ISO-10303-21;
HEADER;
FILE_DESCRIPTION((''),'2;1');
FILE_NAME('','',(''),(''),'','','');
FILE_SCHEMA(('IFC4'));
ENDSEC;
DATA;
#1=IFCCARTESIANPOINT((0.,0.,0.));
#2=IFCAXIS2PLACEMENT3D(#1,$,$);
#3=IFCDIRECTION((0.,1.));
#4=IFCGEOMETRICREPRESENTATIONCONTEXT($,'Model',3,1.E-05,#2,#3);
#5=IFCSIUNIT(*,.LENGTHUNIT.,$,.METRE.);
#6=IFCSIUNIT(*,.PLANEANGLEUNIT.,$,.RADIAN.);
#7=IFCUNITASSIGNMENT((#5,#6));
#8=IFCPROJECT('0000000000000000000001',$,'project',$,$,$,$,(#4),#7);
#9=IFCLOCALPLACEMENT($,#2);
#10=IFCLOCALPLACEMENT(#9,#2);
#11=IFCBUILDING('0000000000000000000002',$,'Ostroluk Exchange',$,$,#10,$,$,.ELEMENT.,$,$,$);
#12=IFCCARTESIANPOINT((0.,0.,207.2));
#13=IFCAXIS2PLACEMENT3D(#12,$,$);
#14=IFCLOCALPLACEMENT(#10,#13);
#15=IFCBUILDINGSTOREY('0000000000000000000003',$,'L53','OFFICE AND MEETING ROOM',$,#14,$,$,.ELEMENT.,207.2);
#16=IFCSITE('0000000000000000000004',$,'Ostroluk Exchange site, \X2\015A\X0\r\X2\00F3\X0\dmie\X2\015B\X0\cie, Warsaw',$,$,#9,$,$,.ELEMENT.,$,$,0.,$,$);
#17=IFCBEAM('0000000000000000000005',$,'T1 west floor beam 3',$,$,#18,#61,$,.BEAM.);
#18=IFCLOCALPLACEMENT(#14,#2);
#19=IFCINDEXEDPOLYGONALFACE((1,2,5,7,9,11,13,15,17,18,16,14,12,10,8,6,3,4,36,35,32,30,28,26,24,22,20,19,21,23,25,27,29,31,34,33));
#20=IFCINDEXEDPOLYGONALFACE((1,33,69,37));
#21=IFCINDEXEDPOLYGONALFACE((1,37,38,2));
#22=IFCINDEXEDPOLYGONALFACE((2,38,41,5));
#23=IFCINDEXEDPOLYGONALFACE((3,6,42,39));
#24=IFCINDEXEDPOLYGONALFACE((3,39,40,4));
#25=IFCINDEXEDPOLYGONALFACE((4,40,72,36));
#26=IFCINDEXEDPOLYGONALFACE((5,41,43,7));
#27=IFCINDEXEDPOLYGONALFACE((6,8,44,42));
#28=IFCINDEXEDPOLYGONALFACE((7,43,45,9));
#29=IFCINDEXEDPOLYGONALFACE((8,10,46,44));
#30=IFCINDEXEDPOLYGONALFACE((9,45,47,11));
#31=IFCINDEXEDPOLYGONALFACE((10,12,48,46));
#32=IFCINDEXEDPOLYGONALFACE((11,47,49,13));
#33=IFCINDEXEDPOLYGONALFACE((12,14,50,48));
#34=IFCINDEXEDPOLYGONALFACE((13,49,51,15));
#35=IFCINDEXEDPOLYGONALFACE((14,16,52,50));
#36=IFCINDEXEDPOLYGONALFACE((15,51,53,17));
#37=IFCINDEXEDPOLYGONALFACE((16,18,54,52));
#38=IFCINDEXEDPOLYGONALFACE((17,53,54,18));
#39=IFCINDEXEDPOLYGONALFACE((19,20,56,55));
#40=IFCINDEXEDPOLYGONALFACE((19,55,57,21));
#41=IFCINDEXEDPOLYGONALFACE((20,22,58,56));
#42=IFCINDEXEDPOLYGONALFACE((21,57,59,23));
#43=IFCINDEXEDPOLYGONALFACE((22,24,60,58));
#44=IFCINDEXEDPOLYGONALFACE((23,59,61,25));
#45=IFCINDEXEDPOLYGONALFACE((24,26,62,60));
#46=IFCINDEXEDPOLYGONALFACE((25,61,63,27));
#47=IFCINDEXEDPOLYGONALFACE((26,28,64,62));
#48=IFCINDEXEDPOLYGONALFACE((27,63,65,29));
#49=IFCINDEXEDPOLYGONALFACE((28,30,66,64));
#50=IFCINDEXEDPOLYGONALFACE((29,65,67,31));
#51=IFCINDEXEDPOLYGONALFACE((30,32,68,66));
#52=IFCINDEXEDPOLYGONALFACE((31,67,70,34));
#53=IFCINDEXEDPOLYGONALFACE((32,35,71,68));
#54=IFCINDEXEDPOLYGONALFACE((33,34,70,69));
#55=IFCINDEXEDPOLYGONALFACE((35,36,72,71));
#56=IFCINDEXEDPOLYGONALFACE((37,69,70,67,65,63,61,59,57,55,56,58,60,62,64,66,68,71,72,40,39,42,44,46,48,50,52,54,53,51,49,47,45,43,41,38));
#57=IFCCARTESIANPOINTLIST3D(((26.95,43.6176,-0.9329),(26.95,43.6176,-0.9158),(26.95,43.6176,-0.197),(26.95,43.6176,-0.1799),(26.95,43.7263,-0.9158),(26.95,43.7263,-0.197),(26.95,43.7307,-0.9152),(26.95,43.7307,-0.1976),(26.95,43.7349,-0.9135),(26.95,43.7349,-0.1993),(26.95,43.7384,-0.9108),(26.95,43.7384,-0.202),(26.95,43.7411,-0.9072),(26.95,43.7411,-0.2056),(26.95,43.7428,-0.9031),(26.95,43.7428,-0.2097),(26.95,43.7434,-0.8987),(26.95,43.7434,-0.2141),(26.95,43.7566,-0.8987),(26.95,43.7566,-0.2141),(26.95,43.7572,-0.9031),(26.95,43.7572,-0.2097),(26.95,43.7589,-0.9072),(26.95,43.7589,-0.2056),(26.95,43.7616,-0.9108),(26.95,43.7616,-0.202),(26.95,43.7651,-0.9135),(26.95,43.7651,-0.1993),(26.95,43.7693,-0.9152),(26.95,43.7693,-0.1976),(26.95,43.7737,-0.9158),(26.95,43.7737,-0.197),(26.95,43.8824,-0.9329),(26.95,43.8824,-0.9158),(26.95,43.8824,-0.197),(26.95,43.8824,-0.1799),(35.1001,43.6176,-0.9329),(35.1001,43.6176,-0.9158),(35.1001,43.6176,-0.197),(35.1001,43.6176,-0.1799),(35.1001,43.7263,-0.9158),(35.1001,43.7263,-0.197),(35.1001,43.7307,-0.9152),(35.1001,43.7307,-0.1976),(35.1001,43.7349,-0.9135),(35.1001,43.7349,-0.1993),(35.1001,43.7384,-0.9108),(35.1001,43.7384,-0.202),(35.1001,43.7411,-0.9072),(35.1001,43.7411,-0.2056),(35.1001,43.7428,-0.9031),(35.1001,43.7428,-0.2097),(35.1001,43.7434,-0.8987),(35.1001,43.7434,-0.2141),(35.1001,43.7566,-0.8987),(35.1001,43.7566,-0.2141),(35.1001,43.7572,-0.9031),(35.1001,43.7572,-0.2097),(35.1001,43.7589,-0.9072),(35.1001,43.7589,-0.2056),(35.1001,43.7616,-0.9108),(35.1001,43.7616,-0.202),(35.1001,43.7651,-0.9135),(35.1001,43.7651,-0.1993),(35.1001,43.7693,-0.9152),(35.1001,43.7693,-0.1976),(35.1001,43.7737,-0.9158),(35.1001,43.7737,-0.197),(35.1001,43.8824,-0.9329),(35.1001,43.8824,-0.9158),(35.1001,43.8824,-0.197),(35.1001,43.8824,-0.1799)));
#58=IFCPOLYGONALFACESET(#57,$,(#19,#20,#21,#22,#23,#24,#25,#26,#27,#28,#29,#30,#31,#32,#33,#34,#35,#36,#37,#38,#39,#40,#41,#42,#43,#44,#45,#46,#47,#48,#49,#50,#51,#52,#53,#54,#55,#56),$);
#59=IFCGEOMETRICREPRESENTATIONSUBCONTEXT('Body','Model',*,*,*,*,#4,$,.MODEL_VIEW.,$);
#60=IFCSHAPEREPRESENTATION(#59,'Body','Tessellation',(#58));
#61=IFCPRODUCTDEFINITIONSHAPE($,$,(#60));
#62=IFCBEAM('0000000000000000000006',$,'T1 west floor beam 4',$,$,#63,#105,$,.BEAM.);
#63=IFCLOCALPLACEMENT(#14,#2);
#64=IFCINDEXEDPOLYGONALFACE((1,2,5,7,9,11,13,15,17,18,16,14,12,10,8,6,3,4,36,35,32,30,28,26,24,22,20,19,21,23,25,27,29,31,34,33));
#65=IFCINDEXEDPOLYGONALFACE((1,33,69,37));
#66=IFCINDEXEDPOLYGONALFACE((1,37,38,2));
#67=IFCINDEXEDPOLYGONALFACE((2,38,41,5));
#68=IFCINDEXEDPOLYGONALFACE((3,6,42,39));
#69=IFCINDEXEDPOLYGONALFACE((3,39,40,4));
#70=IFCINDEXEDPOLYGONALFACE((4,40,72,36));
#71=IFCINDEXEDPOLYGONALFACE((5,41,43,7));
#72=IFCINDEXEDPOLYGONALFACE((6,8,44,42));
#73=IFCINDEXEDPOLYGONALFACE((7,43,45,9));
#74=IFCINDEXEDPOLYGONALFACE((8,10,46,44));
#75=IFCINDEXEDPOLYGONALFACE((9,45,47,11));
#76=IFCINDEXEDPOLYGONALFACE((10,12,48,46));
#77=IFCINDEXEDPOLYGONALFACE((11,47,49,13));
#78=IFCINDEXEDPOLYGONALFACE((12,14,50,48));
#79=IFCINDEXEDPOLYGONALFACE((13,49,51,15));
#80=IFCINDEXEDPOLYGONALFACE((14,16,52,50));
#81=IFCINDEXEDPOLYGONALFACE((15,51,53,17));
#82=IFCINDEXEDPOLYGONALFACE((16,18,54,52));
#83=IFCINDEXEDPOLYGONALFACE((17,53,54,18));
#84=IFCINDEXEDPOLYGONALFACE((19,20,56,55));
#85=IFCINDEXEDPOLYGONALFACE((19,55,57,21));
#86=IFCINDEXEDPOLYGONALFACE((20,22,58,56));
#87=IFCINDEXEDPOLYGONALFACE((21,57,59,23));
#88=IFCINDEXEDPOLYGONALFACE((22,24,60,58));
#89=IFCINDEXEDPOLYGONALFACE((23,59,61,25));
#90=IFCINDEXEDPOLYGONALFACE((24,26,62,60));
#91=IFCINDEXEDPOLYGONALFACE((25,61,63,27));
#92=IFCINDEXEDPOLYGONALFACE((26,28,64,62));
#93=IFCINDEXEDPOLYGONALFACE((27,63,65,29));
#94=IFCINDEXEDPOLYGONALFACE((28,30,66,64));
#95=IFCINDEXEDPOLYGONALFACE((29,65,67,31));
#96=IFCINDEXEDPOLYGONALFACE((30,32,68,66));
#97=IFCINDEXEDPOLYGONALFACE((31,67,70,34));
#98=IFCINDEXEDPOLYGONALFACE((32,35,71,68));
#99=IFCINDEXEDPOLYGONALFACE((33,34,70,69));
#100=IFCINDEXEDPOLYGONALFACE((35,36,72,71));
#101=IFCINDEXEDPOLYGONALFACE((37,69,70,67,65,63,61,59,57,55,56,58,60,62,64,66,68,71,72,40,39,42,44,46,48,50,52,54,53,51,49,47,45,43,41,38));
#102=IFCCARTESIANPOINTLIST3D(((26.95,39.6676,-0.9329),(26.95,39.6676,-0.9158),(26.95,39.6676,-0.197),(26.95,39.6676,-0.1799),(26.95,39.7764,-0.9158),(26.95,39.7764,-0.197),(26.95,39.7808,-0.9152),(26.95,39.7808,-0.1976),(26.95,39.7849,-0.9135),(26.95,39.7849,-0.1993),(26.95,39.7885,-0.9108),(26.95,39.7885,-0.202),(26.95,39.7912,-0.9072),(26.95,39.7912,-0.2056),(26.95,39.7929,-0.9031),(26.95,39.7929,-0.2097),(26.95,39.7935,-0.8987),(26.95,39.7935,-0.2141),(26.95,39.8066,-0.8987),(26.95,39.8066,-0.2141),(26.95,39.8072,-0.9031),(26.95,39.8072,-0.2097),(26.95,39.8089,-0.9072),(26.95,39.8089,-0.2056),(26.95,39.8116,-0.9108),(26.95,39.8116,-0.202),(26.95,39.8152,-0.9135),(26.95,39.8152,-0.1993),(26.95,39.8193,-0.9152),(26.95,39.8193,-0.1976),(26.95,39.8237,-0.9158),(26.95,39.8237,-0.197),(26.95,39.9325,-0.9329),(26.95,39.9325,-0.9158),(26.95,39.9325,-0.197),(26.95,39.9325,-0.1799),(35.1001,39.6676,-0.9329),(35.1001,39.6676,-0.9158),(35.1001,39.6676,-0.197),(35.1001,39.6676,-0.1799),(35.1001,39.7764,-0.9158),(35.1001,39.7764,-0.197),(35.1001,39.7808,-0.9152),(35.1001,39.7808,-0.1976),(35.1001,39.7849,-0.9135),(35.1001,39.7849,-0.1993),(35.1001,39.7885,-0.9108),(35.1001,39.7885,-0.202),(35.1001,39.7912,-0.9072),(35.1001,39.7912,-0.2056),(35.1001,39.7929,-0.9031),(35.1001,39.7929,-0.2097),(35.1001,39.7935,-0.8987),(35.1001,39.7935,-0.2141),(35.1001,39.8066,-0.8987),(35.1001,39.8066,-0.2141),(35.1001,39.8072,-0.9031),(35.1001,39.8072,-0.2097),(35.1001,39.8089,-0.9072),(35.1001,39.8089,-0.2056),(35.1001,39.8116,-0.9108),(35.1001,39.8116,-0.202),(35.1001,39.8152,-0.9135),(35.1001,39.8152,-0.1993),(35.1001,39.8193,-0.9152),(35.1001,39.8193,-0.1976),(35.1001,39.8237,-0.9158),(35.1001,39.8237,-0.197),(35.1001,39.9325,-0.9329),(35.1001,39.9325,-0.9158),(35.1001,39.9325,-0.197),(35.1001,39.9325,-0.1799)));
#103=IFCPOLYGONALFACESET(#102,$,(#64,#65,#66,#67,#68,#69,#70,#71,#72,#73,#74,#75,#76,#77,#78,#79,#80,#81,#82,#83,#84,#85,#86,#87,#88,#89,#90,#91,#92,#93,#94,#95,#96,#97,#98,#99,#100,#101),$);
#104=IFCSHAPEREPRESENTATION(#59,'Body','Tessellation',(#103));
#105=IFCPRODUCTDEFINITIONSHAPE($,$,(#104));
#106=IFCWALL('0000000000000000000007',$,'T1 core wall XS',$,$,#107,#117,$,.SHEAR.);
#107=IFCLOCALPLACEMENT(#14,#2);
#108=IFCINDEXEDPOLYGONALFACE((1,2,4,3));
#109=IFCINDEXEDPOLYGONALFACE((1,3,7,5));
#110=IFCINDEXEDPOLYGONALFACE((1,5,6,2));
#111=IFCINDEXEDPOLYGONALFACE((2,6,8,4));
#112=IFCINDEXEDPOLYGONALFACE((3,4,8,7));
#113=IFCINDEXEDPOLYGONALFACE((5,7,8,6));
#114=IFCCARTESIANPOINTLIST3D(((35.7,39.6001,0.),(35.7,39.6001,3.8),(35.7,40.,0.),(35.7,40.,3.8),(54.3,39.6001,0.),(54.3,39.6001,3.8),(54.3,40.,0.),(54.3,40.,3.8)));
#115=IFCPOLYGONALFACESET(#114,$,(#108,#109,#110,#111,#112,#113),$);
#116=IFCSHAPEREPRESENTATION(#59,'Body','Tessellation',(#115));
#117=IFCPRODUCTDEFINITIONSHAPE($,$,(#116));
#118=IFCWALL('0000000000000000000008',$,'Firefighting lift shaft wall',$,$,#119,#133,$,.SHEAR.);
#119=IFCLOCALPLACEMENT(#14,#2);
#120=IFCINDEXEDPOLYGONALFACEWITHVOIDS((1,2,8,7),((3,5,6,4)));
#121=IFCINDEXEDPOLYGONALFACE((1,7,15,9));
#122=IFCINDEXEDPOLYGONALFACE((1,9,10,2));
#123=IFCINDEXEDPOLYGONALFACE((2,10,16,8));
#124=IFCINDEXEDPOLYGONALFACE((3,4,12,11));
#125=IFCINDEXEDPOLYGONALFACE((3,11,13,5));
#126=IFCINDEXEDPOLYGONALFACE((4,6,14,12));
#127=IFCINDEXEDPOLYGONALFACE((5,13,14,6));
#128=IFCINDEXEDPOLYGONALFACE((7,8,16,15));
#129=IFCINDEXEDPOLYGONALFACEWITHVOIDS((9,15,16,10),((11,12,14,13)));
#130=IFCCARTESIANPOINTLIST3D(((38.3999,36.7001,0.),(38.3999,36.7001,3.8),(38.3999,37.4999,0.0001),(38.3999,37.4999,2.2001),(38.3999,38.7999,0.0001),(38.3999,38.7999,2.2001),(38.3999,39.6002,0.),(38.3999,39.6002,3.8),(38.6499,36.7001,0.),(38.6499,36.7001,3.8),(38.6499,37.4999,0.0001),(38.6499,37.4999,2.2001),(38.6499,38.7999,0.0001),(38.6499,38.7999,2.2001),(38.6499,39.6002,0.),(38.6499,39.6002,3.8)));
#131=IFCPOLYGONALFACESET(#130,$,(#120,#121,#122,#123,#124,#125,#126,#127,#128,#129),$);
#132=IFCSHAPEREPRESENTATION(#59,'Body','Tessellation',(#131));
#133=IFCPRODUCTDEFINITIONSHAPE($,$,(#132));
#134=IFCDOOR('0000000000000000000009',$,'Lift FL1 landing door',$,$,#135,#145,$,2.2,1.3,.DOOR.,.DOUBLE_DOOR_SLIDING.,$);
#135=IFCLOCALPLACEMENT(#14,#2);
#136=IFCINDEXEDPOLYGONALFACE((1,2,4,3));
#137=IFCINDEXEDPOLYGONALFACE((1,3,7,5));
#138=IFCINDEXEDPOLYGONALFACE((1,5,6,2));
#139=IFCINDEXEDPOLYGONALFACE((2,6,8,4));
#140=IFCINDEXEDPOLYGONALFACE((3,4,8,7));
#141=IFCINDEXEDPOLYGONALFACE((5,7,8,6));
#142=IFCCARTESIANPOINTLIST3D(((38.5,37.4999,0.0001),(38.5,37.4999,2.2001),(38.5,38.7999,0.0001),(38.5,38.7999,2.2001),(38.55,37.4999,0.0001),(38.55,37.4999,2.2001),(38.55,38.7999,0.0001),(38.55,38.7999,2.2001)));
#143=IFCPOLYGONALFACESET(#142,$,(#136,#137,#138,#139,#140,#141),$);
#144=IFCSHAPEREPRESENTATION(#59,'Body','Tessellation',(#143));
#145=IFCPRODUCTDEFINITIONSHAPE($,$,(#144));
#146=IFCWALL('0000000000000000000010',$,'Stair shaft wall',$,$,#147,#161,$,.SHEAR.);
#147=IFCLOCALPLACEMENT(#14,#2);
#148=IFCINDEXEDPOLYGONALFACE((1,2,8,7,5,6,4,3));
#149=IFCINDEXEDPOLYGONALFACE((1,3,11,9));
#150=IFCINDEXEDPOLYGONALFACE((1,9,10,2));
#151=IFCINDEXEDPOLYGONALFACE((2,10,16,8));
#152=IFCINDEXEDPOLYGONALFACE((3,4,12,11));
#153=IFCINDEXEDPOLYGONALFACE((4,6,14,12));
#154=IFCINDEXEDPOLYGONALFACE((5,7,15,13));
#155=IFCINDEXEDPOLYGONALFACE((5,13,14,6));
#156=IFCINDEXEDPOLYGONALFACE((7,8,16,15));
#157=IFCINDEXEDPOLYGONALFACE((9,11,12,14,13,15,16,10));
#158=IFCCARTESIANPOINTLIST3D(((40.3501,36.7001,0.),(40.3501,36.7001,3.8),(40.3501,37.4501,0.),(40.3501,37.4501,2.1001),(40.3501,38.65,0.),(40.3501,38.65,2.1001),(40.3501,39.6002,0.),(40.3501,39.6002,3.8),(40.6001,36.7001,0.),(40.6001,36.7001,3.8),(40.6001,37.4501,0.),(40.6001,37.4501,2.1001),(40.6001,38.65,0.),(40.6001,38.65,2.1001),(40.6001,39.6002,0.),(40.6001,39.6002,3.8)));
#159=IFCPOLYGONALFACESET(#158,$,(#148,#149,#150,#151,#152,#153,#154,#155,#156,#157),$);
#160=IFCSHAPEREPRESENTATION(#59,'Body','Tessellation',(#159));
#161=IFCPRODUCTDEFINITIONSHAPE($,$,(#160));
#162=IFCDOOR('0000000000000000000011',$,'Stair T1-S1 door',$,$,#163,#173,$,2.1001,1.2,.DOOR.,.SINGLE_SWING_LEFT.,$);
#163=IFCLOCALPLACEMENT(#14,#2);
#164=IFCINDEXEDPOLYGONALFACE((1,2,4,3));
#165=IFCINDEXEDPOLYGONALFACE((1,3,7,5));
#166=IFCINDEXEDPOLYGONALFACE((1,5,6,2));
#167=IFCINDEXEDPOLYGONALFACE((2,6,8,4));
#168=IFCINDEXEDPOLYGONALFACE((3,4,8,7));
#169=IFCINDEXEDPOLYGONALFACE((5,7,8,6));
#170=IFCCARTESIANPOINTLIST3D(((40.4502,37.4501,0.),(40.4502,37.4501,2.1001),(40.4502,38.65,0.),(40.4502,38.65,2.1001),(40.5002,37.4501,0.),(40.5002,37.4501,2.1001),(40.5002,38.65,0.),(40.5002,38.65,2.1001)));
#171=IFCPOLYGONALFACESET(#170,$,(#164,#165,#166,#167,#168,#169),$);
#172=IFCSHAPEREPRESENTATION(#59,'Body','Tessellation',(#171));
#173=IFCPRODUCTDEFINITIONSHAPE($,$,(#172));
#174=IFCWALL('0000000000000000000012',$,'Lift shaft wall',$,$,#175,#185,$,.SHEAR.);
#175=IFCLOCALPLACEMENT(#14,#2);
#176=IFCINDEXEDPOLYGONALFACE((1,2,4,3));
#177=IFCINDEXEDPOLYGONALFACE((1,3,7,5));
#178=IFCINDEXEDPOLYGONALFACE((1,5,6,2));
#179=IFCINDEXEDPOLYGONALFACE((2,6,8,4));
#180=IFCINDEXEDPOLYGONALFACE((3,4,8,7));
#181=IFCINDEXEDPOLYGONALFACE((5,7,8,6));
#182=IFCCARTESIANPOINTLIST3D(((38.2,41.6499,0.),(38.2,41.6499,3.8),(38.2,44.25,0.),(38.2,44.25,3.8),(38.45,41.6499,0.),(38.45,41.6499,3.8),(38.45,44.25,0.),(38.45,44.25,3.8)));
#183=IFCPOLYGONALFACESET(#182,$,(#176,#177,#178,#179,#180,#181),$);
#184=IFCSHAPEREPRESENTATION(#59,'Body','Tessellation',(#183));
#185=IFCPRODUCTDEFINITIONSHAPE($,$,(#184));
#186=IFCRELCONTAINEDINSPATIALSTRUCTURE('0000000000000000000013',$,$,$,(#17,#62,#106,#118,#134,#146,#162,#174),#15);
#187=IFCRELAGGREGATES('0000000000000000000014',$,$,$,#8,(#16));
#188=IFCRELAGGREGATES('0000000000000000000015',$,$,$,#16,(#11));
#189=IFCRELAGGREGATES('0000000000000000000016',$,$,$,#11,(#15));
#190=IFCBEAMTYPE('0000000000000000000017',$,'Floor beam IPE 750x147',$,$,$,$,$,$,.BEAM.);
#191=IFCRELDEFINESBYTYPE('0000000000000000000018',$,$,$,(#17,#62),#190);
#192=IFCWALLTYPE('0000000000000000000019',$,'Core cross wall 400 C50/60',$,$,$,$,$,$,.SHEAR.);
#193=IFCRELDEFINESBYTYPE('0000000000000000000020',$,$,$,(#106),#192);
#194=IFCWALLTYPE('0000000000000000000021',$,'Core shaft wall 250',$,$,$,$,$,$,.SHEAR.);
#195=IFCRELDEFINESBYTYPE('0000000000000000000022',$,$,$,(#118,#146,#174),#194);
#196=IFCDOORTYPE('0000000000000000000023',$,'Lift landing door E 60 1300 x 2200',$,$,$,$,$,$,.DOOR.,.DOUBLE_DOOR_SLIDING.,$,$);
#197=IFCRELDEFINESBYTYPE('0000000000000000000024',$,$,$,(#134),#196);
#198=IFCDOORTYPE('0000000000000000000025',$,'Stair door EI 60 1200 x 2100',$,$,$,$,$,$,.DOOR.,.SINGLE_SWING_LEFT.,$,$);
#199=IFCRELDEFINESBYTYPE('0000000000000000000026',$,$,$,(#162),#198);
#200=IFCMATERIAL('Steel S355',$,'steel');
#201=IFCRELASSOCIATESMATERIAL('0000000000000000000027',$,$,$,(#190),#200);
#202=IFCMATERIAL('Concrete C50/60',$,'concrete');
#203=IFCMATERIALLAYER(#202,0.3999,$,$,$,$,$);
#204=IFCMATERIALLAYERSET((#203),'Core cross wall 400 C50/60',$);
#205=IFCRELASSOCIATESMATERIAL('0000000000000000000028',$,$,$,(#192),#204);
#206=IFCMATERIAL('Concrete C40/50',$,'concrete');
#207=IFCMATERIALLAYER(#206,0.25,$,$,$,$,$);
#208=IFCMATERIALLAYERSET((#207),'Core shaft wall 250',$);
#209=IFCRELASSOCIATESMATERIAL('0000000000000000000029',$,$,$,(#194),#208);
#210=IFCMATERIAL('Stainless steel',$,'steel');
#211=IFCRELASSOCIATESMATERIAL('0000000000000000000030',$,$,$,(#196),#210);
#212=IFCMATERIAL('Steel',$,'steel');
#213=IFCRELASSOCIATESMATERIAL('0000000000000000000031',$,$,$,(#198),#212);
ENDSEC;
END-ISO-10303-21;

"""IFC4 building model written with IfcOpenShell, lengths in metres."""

from ifc_helpers import new_model, si_unit, direction, frame, frame_2d, origin, origin_2d, place, context, subcontext, project, spatial, rectangle, i_section, extrude, material, layer, layer_set, material_profile, profile_set, type_object, element, fill, save


model = new_model("IFC4")

# Units and contexts
model_context = context("Model", 3, precision=1e-05, world=origin(), true_north=direction((0.0, 1.0)))
body_context = subcontext(model_context, "Body", "Model", "MODEL_VIEW")
ifc_project = project(units=[si_unit("LENGTHUNIT", "METRE"), si_unit("PLANEANGLEUNIT", "RADIAN")], contexts=[model_context])

# Site, building, storey
site_placement = place(None, origin())
site = spatial("IfcSite", under=ifc_project, at=site_placement, Name="Ostroluk Exchange site, Śródmieście, Warsaw", CompositionType="ELEMENT", RefElevation=0.0)
building_placement = place(site_placement, origin())
building = spatial("IfcBuilding", under=site, at=building_placement, Name="Ostroluk Exchange", CompositionType="ELEMENT")
storey_placement = place(building_placement, frame((0.0, 0.0, 207.2)))
storey = spatial("IfcBuildingStorey", under=building, at=storey_placement, Name="L53", Description="OFFICE AND MEETING ROOM", CompositionType="ELEMENT", Elevation=207.2)

# Beams
ifc_material_1 = material(Name="Steel S355", Category="steel")
ifc_material_profile = material_profile(ifc_material_1, i_section(OverallWidth=0.2649, OverallDepth=0.7529, WebThickness=0.0132, FlangeThickness=0.0171, FilletRadius=0.0171, at=origin_2d()), Name="IPE 750x147")
ifc_profile_set = profile_set([ifc_material_profile], Name="Steel S355")
beam_type = type_object("IfcBeamType", Name="Floor beam IPE 750x147", PredefinedType="BEAM", material=ifc_profile_set)
for number, where, z_axis, x_axis, name in (
    (1, (35.1001, 43.75, -0.5564), (-1.0, 0.0, 0.0), (0.0, -1.0, 0.0), "T1 west floor beam 3"),
    (2, (35.1001, 39.8, -0.5564), (-1.0, 0.0, 0.0), (0.0, -1.0, 0.0), "T1 west floor beam 4"),
):
    element("IfcBeam", number, at=place(storey_placement, frame(where, z_axis=z_axis, x_axis=x_axis)), inside=storey, type_object=beam_type, Name=name, PredefinedType="BEAM", context=body_context, shape_type="SweptSolid", body=[
        extrude(i_section(OverallWidth=0.2649, OverallDepth=0.7529, WebThickness=0.0132, FlangeThickness=0.0171, FilletRadius=0.0171, at=origin_2d()), origin(), (0.0, 0.0, 1.0), 8.1501),
    ])

# Wall
ifc_material_2 = material(Name="Concrete C50/60", Category="concrete")
ifc_layer_1 = layer(ifc_material_2, 0.3999)
ifc_layer_set_1 = layer_set([ifc_layer_1], Name="Core cross wall 400 C50/60")
wall_type_1 = type_object("IfcWallType", Name="Core cross wall 400 C50/60", PredefinedType="SHEAR", material=ifc_layer_set_1)
wall_1_placement = place(storey_placement, frame((35.7, 39.8, 0.0), z_axis=(0.0, 0.0, 1.0), x_axis=(1.0, 0.0, 0.0)))
element("IfcWall", 3, at=wall_1_placement, inside=storey, type_object=wall_type_1, Name="T1 core wall XS", PredefinedType="SHEAR", context=body_context, shape_type="SweptSolid", body=[
    extrude(rectangle(XDim=18.6001, YDim=0.3999, at=frame_2d((9.3, 0.0))), origin(), (0.0, 0.0, 1.0), 3.8),
])

# Walls, openings, doors
ifc_material_3 = material(Name="Concrete C40/50", Category="concrete")
ifc_layer_2 = layer(ifc_material_3, 0.25)
ifc_layer_set_2 = layer_set([ifc_layer_2], Name="Core shaft wall 250")
wall_type_2 = type_object("IfcWallType", Name="Core shaft wall 250", PredefinedType="SHEAR", material=ifc_layer_set_2)
wall_2_placement = place(storey_placement, frame((38.5249, 36.7, 0.0), z_axis=(0.0, 0.0, 1.0), x_axis=(0.0, 1.0, 0.0)))
wall_2 = element("IfcWall", 4, at=wall_2_placement, inside=storey, type_object=wall_type_2, Name="Firefighting lift shaft wall", PredefinedType="SHEAR", context=body_context, shape_type="SweptSolid", body=[
    extrude(rectangle(XDim=2.9001, YDim=0.25, at=frame_2d((1.4502, 0.0))), origin(), (0.0, 0.0, 1.0), 3.8),
])
opening_1_placement = place(wall_2_placement, frame((0.8, 0.0, 0.0)))
opening_1 = element("IfcOpeningElement", 5, at=opening_1_placement, cuts=wall_2, PredefinedType="OPENING", context=body_context, shape_type="SweptSolid", body=[
    extrude(rectangle(XDim=1.3, YDim=2.2, at=frame_2d((0.6499, 1.1001))), frame((0.0, 0.135, 0.0), z_axis=(0.0, -1.0, 0.0), x_axis=(1.0, 0.0, 0.0)), (0.0, 0.0, 1.0), 0.27),
])
ifc_material_4 = material(Name="Stainless steel", Category="steel")
door_type_1 = type_object("IfcDoorType", Name="Lift landing door E 60 1300 x 2200", OperationType="DOUBLE_DOOR_SLIDING", PredefinedType="DOOR", material=ifc_material_4)
door_1_placement = place(opening_1_placement, origin())
door_1 = element("IfcDoor", 6, at=door_1_placement, inside=storey, type_object=door_type_1, Name="Lift FL1 landing door", OperationType="DOUBLE_DOOR_SLIDING", OverallHeight=2.2, OverallWidth=1.3, PredefinedType="DOOR", context=body_context, shape_type="SweptSolid", body=[
    extrude(rectangle(XDim=1.3, YDim=2.2, at=frame_2d((0.6499, 1.1001))), frame((0.0, 0.0249, 0.0), z_axis=(0.0, -1.0, 0.0), x_axis=(1.0, 0.0, 0.0)), (0.0, 0.0, 1.0), 0.05),
])
fill(opening_1, door_1)
wall_3_placement = place(storey_placement, frame((40.4751, 36.7, 0.0), z_axis=(0.0, 0.0, 1.0), x_axis=(0.0, 1.0, 0.0)))
wall_3 = element("IfcWall", 7, at=wall_3_placement, inside=storey, type_object=wall_type_2, Name="Stair shaft wall", PredefinedType="SHEAR", context=body_context, shape_type="SweptSolid", body=[
    extrude(rectangle(XDim=2.9001, YDim=0.25, at=frame_2d((1.4502, 0.0))), origin(), (0.0, 0.0, 1.0), 3.8),
])
opening_2_placement = place(wall_3_placement, frame((0.75, 0.0, 0.0)))
opening_2 = element("IfcOpeningElement", 8, at=opening_2_placement, cuts=wall_3, PredefinedType="OPENING", context=body_context, shape_type="SweptSolid", body=[
    extrude(rectangle(XDim=1.2, YDim=2.1001, at=frame_2d((0.6001, 1.05))), frame((0.0, 0.135, 0.0), z_axis=(0.0, -1.0, 0.0), x_axis=(1.0, 0.0, 0.0)), (0.0, 0.0, 1.0), 0.27),
])
ifc_material_5 = material(Name="Steel", Category="steel")
door_type_2 = type_object("IfcDoorType", Name="Stair door EI 60 1200 x 2100", OperationType="SINGLE_SWING_LEFT", PredefinedType="DOOR", material=ifc_material_5)
door_2_placement = place(opening_2_placement, origin())
door_2 = element("IfcDoor", 9, at=door_2_placement, inside=storey, type_object=door_type_2, Name="Stair T1-S1 door", OperationType="SINGLE_SWING_LEFT", OverallHeight=2.1001, OverallWidth=1.2, PredefinedType="DOOR", context=body_context, shape_type="SweptSolid", body=[
    extrude(rectangle(XDim=1.2, YDim=2.1001, at=frame_2d((0.6001, 1.05))), frame((0.0, 0.0249, 0.0), z_axis=(0.0, -1.0, 0.0), x_axis=(1.0, 0.0, 0.0)), (0.0, 0.0, 1.0), 0.05),
])
fill(opening_2, door_2)

# Wall
for number, where, z_axis, x_axis, name in (
    (10, (38.325, 44.25, 0.0), (0.0, 0.0, 1.0), (0.0, -1.0, 0.0), "Lift shaft wall"),
):
    element("IfcWall", number, at=place(storey_placement, frame(where, z_axis=z_axis, x_axis=x_axis)), inside=storey, type_object=wall_type_2, Name=name, PredefinedType="SHEAR", context=body_context, shape_type="SweptSolid", body=[
        extrude(rectangle(XDim=2.6001, YDim=0.25, at=frame_2d((1.3, 0.0))), origin(), (0.0, 0.0, 1.0), 3.8),
    ])

save(model, "model.ifc")
